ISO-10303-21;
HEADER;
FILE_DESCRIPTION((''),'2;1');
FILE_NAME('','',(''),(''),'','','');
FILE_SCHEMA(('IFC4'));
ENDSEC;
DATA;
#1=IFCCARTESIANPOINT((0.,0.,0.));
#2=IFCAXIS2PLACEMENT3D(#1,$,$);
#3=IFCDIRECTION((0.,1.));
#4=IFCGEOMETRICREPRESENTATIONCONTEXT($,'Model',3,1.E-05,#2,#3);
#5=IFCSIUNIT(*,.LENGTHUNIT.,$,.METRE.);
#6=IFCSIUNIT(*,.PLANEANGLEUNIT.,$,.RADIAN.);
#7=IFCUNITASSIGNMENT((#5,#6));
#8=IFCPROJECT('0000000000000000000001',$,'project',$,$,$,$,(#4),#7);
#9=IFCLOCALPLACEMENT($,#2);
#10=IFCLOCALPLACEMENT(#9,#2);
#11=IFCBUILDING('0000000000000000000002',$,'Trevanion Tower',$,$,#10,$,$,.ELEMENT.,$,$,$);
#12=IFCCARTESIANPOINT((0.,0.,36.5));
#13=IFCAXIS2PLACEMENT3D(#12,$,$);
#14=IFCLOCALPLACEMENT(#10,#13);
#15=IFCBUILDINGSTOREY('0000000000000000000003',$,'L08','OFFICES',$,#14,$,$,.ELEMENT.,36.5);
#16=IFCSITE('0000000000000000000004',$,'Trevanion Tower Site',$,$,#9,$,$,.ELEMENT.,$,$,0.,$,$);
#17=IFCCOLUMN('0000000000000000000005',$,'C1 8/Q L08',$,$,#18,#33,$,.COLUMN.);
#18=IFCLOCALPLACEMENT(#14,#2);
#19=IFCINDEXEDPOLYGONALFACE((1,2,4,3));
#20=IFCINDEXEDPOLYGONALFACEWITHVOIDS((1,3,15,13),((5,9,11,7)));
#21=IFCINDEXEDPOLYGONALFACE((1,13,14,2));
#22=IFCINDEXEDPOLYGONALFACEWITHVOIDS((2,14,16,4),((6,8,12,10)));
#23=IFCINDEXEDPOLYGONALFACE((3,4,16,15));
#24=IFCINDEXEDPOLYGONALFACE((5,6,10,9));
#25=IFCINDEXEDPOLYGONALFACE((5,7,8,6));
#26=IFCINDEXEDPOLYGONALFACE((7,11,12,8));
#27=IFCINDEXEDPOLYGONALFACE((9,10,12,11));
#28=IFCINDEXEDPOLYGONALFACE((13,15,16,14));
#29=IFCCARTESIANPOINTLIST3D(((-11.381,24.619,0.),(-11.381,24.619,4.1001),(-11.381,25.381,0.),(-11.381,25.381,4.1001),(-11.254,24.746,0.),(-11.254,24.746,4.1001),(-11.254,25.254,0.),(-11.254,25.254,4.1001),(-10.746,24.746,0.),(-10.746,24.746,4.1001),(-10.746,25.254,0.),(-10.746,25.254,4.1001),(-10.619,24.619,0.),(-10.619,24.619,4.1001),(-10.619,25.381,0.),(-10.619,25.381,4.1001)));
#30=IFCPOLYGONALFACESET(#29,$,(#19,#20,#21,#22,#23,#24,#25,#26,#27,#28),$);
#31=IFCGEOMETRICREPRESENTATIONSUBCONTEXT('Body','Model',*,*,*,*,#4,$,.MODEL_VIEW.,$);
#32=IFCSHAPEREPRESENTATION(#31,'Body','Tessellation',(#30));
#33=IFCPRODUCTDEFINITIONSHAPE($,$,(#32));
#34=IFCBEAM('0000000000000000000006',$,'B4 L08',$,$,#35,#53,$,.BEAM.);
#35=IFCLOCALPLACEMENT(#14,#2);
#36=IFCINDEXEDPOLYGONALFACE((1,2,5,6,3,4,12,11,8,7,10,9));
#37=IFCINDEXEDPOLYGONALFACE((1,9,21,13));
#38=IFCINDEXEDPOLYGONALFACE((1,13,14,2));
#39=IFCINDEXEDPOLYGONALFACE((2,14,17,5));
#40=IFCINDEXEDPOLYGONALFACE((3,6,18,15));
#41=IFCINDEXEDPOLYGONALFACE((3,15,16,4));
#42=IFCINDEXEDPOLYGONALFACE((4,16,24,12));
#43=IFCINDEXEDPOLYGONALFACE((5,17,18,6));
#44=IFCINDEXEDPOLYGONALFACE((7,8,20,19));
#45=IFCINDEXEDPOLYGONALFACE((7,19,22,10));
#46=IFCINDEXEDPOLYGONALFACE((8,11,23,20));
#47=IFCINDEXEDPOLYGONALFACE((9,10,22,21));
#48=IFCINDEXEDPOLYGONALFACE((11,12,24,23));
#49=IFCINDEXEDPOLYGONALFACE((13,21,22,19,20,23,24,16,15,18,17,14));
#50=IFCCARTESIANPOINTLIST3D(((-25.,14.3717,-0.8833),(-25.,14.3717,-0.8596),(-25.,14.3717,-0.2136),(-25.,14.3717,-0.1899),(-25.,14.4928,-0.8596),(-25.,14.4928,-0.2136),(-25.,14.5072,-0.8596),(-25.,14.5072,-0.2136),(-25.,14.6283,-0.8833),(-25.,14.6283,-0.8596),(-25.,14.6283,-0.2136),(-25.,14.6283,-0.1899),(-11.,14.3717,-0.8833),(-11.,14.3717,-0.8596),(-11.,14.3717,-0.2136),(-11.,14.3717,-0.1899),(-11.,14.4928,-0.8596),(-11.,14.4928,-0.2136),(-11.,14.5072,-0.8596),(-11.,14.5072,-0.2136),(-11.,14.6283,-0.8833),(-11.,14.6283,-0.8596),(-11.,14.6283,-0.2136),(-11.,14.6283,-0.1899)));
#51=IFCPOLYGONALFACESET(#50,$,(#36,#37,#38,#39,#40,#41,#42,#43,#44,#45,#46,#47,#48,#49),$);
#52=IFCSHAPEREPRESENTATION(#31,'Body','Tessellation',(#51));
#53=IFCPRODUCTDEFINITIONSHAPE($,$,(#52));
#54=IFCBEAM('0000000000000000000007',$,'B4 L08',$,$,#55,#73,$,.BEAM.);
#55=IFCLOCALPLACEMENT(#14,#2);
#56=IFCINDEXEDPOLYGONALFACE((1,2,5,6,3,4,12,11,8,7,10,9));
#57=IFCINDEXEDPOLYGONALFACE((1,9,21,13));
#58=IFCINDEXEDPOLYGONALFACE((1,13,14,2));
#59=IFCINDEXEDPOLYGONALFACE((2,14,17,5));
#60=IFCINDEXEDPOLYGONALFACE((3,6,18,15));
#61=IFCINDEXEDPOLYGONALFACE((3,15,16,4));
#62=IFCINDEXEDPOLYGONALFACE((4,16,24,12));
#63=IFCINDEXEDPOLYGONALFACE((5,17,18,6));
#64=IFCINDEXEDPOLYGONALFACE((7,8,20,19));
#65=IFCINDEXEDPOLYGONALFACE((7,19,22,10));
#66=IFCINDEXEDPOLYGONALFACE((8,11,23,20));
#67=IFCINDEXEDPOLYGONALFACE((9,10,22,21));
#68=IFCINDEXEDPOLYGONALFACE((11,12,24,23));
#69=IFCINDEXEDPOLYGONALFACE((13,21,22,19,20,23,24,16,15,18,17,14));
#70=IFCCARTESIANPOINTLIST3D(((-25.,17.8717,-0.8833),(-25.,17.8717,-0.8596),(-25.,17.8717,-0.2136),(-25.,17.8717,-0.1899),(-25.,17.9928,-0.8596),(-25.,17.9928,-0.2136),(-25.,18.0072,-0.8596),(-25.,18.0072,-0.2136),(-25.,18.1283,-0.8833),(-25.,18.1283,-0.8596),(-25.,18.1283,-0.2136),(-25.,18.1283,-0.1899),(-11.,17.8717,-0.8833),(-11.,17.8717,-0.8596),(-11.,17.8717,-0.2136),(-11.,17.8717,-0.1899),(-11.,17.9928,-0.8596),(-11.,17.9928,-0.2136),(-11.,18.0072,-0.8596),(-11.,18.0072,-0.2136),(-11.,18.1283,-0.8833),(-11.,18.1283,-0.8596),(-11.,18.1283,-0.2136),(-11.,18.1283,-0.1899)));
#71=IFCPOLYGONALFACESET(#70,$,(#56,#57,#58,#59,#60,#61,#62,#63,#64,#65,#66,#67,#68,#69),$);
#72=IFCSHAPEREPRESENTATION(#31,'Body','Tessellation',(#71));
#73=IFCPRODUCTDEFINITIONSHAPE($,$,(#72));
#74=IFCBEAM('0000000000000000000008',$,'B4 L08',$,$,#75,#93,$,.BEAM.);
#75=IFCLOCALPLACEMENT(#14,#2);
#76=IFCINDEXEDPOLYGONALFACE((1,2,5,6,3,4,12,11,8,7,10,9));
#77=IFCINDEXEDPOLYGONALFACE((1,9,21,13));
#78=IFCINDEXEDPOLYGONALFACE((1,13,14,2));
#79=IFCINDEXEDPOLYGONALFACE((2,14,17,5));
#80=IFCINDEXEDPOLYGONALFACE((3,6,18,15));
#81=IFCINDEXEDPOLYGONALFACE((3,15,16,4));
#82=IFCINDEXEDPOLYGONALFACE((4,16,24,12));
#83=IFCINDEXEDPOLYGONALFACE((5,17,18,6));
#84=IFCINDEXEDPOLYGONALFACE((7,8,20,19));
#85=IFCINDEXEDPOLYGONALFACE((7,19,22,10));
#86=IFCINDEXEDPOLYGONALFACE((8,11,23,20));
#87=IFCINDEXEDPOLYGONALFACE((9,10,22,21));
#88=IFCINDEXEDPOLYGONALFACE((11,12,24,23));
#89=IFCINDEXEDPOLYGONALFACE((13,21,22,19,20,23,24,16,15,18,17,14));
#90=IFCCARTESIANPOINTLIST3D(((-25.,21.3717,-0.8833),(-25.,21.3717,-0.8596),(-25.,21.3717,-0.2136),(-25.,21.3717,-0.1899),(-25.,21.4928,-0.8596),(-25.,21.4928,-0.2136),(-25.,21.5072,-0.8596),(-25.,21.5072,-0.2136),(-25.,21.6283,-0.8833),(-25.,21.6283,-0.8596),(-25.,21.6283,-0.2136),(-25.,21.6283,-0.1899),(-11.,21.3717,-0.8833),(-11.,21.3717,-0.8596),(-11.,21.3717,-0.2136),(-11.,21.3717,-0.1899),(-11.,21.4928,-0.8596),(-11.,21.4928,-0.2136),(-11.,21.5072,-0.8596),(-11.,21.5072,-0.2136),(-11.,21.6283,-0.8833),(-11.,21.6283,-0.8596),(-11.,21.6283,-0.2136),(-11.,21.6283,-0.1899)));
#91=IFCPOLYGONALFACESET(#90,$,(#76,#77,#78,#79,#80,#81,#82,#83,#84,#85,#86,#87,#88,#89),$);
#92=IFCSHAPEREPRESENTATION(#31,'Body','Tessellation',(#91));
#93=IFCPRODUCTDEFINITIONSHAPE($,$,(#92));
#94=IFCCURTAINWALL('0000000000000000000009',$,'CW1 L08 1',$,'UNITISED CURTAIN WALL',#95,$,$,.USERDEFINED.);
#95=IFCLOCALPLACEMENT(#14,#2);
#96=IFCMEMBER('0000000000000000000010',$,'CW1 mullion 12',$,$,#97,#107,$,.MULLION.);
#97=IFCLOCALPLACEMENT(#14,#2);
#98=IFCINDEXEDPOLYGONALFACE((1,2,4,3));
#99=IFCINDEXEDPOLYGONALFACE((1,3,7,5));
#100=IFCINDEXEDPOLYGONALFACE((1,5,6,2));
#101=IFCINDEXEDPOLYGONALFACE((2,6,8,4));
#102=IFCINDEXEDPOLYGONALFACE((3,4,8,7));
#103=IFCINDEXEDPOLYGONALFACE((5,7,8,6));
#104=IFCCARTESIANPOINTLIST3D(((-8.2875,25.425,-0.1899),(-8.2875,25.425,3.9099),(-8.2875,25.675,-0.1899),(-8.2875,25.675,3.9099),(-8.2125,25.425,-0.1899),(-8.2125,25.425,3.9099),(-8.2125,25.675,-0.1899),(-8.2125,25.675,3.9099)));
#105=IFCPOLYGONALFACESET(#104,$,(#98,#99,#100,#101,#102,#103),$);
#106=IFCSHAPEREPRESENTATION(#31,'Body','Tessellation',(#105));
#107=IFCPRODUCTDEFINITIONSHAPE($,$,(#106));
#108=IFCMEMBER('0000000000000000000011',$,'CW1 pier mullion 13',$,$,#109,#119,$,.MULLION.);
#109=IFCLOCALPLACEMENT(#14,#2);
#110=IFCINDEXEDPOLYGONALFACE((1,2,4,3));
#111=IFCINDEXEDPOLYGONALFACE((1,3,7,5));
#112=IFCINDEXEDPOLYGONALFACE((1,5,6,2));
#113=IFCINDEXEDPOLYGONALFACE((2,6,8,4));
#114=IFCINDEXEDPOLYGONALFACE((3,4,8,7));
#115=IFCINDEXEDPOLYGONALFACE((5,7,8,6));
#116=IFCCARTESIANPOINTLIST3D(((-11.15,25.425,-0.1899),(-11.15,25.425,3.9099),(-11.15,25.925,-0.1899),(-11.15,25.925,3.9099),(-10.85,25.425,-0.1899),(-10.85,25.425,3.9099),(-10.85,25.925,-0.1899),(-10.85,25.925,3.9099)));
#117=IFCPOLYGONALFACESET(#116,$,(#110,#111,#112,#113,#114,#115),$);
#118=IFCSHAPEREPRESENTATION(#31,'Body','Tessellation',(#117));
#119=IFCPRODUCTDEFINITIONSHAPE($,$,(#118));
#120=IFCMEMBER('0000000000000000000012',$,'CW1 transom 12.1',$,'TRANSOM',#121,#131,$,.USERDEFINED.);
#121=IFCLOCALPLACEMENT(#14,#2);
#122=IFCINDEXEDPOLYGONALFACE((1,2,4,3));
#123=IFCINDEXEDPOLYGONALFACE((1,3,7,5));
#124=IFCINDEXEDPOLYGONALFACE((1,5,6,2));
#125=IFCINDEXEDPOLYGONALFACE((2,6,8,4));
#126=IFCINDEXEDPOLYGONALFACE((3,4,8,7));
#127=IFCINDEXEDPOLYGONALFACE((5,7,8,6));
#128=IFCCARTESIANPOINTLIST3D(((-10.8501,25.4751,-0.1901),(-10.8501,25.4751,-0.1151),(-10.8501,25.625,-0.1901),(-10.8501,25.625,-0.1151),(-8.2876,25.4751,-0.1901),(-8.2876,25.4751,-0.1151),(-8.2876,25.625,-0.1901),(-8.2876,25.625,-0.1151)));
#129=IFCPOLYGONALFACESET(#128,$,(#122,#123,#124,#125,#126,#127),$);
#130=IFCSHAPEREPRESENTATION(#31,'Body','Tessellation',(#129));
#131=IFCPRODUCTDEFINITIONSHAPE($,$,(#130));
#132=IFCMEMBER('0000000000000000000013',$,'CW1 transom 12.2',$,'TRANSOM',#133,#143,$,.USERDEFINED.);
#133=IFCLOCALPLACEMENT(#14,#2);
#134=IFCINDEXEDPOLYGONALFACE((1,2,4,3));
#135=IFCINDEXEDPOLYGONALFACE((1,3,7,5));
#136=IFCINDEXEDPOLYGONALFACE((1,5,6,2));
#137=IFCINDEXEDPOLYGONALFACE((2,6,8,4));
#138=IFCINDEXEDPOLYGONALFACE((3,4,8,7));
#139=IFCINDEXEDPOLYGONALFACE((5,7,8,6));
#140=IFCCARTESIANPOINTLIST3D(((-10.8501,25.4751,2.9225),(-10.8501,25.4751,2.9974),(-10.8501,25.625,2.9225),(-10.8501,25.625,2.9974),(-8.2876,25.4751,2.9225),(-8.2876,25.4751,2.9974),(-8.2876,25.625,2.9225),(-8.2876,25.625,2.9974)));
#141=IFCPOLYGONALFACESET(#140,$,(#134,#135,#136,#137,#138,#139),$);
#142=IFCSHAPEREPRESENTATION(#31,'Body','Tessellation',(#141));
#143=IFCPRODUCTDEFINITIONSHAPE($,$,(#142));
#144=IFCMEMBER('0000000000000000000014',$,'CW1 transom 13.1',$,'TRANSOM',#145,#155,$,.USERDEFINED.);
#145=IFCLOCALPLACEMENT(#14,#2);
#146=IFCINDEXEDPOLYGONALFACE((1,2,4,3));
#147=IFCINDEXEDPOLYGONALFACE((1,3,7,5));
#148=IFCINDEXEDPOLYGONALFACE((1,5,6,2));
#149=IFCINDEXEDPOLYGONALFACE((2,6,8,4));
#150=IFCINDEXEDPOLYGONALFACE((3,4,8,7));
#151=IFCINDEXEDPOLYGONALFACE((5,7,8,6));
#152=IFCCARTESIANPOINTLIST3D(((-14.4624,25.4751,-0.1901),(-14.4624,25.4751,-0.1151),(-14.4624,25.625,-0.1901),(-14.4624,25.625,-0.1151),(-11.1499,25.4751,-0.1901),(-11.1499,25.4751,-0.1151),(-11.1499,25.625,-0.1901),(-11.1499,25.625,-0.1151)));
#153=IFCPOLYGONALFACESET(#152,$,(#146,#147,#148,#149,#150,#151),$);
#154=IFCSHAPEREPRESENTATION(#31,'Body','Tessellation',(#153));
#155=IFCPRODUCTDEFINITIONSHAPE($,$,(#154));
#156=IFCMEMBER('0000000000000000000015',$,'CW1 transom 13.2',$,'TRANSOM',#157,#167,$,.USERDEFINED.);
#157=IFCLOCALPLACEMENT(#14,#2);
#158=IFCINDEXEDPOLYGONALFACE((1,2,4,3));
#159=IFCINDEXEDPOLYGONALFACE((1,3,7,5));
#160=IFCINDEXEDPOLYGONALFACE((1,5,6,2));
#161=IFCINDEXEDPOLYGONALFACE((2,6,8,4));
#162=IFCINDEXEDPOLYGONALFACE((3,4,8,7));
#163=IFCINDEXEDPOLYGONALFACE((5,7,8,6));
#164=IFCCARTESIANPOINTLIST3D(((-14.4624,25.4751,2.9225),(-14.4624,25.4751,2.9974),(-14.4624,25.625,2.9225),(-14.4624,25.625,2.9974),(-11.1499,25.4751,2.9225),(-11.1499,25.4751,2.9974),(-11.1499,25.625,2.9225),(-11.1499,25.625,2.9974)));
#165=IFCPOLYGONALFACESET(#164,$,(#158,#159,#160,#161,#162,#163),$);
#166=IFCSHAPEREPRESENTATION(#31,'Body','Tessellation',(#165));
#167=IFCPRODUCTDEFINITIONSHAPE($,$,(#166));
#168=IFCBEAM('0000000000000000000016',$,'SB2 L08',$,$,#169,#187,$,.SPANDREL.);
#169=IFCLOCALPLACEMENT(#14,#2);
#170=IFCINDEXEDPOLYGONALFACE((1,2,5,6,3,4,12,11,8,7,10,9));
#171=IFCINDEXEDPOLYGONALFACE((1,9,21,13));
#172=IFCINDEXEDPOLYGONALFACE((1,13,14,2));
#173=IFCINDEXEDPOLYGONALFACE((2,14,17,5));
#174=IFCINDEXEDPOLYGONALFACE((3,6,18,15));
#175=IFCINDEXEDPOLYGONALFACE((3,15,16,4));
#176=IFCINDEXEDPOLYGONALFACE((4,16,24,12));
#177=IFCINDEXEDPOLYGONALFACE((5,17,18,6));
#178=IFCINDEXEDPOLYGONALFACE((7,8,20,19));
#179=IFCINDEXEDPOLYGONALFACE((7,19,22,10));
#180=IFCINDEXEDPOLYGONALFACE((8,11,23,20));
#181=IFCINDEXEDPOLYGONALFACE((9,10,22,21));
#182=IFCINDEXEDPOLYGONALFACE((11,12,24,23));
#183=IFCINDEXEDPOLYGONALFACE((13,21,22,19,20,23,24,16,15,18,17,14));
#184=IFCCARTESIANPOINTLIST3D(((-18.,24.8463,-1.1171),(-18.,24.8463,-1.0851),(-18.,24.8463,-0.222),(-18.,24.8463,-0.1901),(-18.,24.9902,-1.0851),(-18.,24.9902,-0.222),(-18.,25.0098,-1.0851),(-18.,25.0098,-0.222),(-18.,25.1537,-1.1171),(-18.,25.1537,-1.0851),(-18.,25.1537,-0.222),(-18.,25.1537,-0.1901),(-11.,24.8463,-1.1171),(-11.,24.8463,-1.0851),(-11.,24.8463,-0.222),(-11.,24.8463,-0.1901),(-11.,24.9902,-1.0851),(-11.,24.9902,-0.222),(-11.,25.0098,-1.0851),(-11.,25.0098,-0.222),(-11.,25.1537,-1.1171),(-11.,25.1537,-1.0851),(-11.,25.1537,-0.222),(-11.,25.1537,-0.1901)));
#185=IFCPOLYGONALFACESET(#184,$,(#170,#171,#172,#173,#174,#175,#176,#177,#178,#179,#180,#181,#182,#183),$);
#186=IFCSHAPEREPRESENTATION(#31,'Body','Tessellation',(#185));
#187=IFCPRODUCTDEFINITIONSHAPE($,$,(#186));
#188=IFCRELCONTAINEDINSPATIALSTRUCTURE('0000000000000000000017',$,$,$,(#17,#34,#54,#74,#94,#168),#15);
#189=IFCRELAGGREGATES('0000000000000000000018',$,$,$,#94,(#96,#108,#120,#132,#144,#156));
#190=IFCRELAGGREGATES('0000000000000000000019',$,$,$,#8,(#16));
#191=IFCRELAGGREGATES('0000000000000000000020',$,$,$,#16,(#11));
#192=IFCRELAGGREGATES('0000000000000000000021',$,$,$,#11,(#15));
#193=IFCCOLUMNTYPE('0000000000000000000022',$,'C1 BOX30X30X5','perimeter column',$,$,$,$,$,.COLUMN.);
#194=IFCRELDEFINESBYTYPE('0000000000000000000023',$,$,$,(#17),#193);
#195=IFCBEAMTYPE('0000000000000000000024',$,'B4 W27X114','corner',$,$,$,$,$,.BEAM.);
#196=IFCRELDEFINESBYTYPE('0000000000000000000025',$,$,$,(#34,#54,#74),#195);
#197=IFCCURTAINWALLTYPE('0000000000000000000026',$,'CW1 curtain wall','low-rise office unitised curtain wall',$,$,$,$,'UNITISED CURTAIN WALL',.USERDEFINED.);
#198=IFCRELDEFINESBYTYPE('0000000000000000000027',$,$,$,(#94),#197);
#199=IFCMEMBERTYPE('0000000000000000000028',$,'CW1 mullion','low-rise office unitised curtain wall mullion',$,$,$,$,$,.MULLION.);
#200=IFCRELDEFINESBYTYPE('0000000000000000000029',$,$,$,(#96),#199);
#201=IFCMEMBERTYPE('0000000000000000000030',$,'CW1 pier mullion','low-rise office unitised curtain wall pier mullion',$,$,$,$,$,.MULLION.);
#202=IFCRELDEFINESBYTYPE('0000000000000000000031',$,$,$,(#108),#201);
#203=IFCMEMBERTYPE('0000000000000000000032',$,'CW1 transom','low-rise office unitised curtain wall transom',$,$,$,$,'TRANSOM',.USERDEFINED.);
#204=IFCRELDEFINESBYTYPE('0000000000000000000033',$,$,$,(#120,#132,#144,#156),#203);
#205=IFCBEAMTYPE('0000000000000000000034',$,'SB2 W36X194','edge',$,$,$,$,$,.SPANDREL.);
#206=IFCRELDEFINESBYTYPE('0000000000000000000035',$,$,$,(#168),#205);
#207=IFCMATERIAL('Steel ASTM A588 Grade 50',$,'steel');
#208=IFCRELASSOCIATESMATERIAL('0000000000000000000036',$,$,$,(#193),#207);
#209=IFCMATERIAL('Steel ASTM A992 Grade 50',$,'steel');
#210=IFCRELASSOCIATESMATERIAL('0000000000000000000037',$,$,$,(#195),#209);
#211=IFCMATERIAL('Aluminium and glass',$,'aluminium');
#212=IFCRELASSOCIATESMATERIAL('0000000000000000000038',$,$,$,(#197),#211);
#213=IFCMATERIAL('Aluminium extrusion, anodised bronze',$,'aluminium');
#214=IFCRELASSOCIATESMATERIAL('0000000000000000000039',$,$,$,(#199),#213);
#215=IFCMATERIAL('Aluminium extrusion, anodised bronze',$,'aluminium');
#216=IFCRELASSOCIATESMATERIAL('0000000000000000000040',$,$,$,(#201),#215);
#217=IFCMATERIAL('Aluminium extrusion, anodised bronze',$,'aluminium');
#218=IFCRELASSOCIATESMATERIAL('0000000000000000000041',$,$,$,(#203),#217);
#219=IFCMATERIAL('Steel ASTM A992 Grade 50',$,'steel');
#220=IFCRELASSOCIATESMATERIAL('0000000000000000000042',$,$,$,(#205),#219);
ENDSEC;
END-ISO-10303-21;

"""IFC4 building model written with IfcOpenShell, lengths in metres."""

from ifc_helpers import new_model, si_unit, direction, frame, origin, origin_2d, place, context, subcontext, project, spatial, rectangle, hollow_rectangle, i_section, extrude, material, material_profile, profile_set, type_object, element, aggregate, save


model = new_model("IFC4")

# Units and contexts
model_context = context("Model", 3, precision=1e-05, world=origin(), true_north=direction((0.0, 1.0)))
body_context = subcontext(model_context, "Body", "Model", "MODEL_VIEW")
ifc_project = project(units=[si_unit("LENGTHUNIT", "METRE"), si_unit("PLANEANGLEUNIT", "RADIAN")], contexts=[model_context])

# Site, building, storey
site_placement = place(None, origin())
site = spatial("IfcSite", under=ifc_project, at=site_placement, Name="Trevanion Tower Site", CompositionType="ELEMENT", RefElevation=0.0)
building_placement = place(site_placement, origin())
building = spatial("IfcBuilding", under=site, at=building_placement, Name="Trevanion Tower", CompositionType="ELEMENT")
storey_placement = place(building_placement, frame((0.0, 0.0, 36.5)))
storey = spatial("IfcBuildingStorey", under=building, at=storey_placement, Name="L08", Description="OFFICES", CompositionType="ELEMENT", Elevation=36.5)

# Column
ifc_material_1 = material(Name="Steel ASTM A588 Grade 50", Category="steel")
ifc_material_profile_1 = material_profile(ifc_material_1, hollow_rectangle(XDim=0.762, YDim=0.762, WallThickness=0.127, at=origin_2d()), Name="BOX30X30X5")
ifc_profile_set_1 = profile_set([ifc_material_profile_1], Name="Steel ASTM A588 Grade 50")
column_type = type_object("IfcColumnType", Name="C1 BOX30X30X5", Description="perimeter column", PredefinedType="COLUMN", material=ifc_profile_set_1)
column_placement = place(storey_placement, frame((-11.0, 25.0, 0.0), z_axis=(0.0, 0.0, 1.0), x_axis=(1.0, 0.0, 0.0)))
element("IfcColumn", 1, at=column_placement, inside=storey, type_object=column_type, Name="C1 8/Q L08", PredefinedType="COLUMN", context=body_context, shape_type="SweptSolid", body=[
    extrude(hollow_rectangle(XDim=0.762, YDim=0.762, WallThickness=0.127, at=origin_2d()), origin(), (0.0, 0.0, 1.0), 4.1001),
])

# Beams
ifc_material_2 = material(Name="Steel ASTM A992 Grade 50", Category="steel")
ifc_material_profile_2 = material_profile(ifc_material_2, i_section(OverallWidth=0.2566, OverallDepth=0.6934, WebThickness=0.0144, FlangeThickness=0.0237, at=origin_2d()), Name="W27X114")
ifc_profile_set_2 = profile_set([ifc_material_profile_2], Name="Steel ASTM A992 Grade 50")
beam_type_1 = type_object("IfcBeamType", Name="B4 W27X114", Description="corner", PredefinedType="BEAM", material=ifc_profile_set_2)
for number, where, z_axis, x_axis, name in (
    (2, (-11.0, 14.5, -0.5366), (-1.0, 0.0, 0.0), (0.0, -1.0, 0.0), "B4 L08"),
    (3, (-11.0, 18.0, -0.5366), (-1.0, 0.0, 0.0), (0.0, -1.0, 0.0), "B4 L08"),
    (4, (-11.0, 21.5, -0.5366), (-1.0, 0.0, 0.0), (0.0, -1.0, 0.0), "B4 L08"),
):
    element("IfcBeam", number, at=place(storey_placement, frame(where, z_axis=z_axis, x_axis=x_axis)), inside=storey, type_object=beam_type_1, Name=name, PredefinedType="BEAM", context=body_context, shape_type="SweptSolid", body=[
        extrude(i_section(OverallWidth=0.2566, OverallDepth=0.6934, WebThickness=0.0144, FlangeThickness=0.0237, at=origin_2d()), origin(), (0.0, 0.0, 1.0), 14.0),
    ])

# Curtain wall, members
ifc_material_3 = material(Name="Aluminium and glass", Category="aluminium")
curtain_wall_type = type_object("IfcCurtainWallType", Name="CW1 curtain wall", Description="low-rise office unitised curtain wall", ElementType="UNITISED CURTAIN WALL", PredefinedType="USERDEFINED", material=ifc_material_3)
curtain_wall_placement = place(storey_placement, origin())
curtain_wall = element("IfcCurtainWall", 5, at=curtain_wall_placement, inside=storey, type_object=curtain_wall_type, Name="CW1 L08 1", ObjectType="UNITISED CURTAIN WALL", PredefinedType="USERDEFINED")
ifc_material_4 = material(Name="Aluminium extrusion, anodised bronze", Category="aluminium")
ifc_material_profile_3 = material_profile(ifc_material_4, rectangle(XDim=0.075, YDim=0.25, at=origin_2d()), Name="CW1 mullion")
ifc_profile_set_3 = profile_set([ifc_material_profile_3], Name="Aluminium extrusion, anodised bronze")
member_type_1 = type_object("IfcMemberType", Name="CW1 mullion", Description="low-rise office unitised curtain wall mullion", PredefinedType="MULLION", material=ifc_profile_set_3)
member_1_placement = place(storey_placement, frame((-8.25, 25.55, -0.1899), z_axis=(0.0, 0.0, 1.0), x_axis=(-1.0, 0.0, 0.0)))
member_1 = element("IfcMember", 6, at=member_1_placement, type_object=member_type_1, Name="CW1 mullion 12", PredefinedType="MULLION", context=body_context, shape_type="SweptSolid", body=[
    extrude(rectangle(XDim=0.075, YDim=0.25, at=origin_2d()), origin(), (0.0, 0.0, 1.0), 4.0999),
])
ifc_material_5 = material(Name="Aluminium extrusion, anodised bronze", Category="aluminium")
ifc_material_profile_4 = material_profile(ifc_material_5, rectangle(XDim=0.3, YDim=0.5, at=origin_2d()), Name="CW1 pier mullion")
ifc_profile_set_4 = profile_set([ifc_material_profile_4], Name="Aluminium extrusion, anodised bronze")
member_type_2 = type_object("IfcMemberType", Name="CW1 pier mullion", Description="low-rise office unitised curtain wall pier mullion", PredefinedType="MULLION", material=ifc_profile_set_4)
member_2_placement = place(storey_placement, frame((-11.0, 25.675, -0.1899), z_axis=(0.0, 0.0, 1.0), x_axis=(-1.0, 0.0, 0.0)))
member_2 = element("IfcMember", 7, at=member_2_placement, type_object=member_type_2, Name="CW1 pier mullion 13", PredefinedType="MULLION", context=body_context, shape_type="SweptSolid", body=[
    extrude(rectangle(XDim=0.3, YDim=0.5, at=origin_2d()), origin(), (0.0, 0.0, 1.0), 4.0999),
])
ifc_material_6 = material(Name="Aluminium extrusion, anodised bronze", Category="aluminium")
ifc_material_profile_5 = material_profile(ifc_material_6, rectangle(XDim=0.1499, YDim=0.075, at=origin_2d()), Name="CW1 transom")
ifc_profile_set_5 = profile_set([ifc_material_profile_5], Name="Aluminium extrusion, anodised bronze")
member_type_3 = type_object("IfcMemberType", Name="CW1 transom", Description="low-rise office unitised curtain wall transom", ElementType="TRANSOM", PredefinedType="USERDEFINED", material=ifc_profile_set_5)
member_3_placement = place(storey_placement, frame((-8.2876, 25.55, -0.1526), z_axis=(-1.0, 0.0, 0.0), x_axis=(0.0, -1.0, 0.0)))
member_3 = element("IfcMember", 8, at=member_3_placement, type_object=member_type_3, Name="CW1 transom 12.1", ObjectType="TRANSOM", PredefinedType="USERDEFINED", context=body_context, shape_type="SweptSolid", body=[
    extrude(rectangle(XDim=0.1499, YDim=0.075, at=origin_2d()), origin(), (0.0, 0.0, 1.0), 2.5625),
])
member_4_placement = place(storey_placement, frame((-8.2876, 25.55, 2.96), z_axis=(-1.0, 0.0, 0.0), x_axis=(0.0, -1.0, 0.0)))
member_4 = element("IfcMember", 9, at=member_4_placement, type_object=member_type_3, Name="CW1 transom 12.2", ObjectType="TRANSOM", PredefinedType="USERDEFINED", context=body_context, shape_type="SweptSolid", body=[
    extrude(rectangle(XDim=0.1499, YDim=0.075, at=origin_2d()), origin(), (0.0, 0.0, 1.0), 2.5625),
])
member_5_placement = place(storey_placement, frame((-11.1499, 25.55, -0.1526), z_axis=(-1.0, 0.0, 0.0), x_axis=(0.0, -1.0, 0.0)))
member_5 = element("IfcMember", 10, at=member_5_placement, type_object=member_type_3, Name="CW1 transom 13.1", ObjectType="TRANSOM", PredefinedType="USERDEFINED", context=body_context, shape_type="SweptSolid", body=[
    extrude(rectangle(XDim=0.1499, YDim=0.075, at=origin_2d()), origin(), (0.0, 0.0, 1.0), 3.3125),
])
member_6_placement = place(storey_placement, frame((-11.1499, 25.55, 2.96), z_axis=(-1.0, 0.0, 0.0), x_axis=(0.0, -1.0, 0.0)))
member_6 = element("IfcMember", 11, at=member_6_placement, type_object=member_type_3, Name="CW1 transom 13.2", ObjectType="TRANSOM", PredefinedType="USERDEFINED", context=body_context, shape_type="SweptSolid", body=[
    extrude(rectangle(XDim=0.1499, YDim=0.075, at=origin_2d()), origin(), (0.0, 0.0, 1.0), 3.3125),
])

# Beam
ifc_material_7 = material(Name="Steel ASTM A992 Grade 50", Category="steel")
ifc_material_profile_6 = material_profile(ifc_material_7, i_section(OverallWidth=0.3074, OverallDepth=0.927, WebThickness=0.0195, FlangeThickness=0.032, at=origin_2d()), Name="W36X194")
ifc_profile_set_6 = profile_set([ifc_material_profile_6], Name="Steel ASTM A992 Grade 50")
beam_type_2 = type_object("IfcBeamType", Name="SB2 W36X194", Description="edge", PredefinedType="SPANDREL", material=ifc_profile_set_6)
beam_placement = place(storey_placement, frame((-11.0, 25.0, -0.6536), z_axis=(-1.0, 0.0, 0.0), x_axis=(0.0, -1.0, 0.0)))
element("IfcBeam", 12, at=beam_placement, inside=storey, type_object=beam_type_2, Name="SB2 L08", PredefinedType="SPANDREL", context=body_context, shape_type="SweptSolid", body=[
    extrude(i_section(OverallWidth=0.3074, OverallDepth=0.927, WebThickness=0.0195, FlangeThickness=0.032, at=origin_2d()), origin(), (0.0, 0.0, 1.0), 7.0),
])

aggregate(curtain_wall, [member_1, member_2, member_3, member_4, member_5, member_6])

save(model, "model.ifc")
